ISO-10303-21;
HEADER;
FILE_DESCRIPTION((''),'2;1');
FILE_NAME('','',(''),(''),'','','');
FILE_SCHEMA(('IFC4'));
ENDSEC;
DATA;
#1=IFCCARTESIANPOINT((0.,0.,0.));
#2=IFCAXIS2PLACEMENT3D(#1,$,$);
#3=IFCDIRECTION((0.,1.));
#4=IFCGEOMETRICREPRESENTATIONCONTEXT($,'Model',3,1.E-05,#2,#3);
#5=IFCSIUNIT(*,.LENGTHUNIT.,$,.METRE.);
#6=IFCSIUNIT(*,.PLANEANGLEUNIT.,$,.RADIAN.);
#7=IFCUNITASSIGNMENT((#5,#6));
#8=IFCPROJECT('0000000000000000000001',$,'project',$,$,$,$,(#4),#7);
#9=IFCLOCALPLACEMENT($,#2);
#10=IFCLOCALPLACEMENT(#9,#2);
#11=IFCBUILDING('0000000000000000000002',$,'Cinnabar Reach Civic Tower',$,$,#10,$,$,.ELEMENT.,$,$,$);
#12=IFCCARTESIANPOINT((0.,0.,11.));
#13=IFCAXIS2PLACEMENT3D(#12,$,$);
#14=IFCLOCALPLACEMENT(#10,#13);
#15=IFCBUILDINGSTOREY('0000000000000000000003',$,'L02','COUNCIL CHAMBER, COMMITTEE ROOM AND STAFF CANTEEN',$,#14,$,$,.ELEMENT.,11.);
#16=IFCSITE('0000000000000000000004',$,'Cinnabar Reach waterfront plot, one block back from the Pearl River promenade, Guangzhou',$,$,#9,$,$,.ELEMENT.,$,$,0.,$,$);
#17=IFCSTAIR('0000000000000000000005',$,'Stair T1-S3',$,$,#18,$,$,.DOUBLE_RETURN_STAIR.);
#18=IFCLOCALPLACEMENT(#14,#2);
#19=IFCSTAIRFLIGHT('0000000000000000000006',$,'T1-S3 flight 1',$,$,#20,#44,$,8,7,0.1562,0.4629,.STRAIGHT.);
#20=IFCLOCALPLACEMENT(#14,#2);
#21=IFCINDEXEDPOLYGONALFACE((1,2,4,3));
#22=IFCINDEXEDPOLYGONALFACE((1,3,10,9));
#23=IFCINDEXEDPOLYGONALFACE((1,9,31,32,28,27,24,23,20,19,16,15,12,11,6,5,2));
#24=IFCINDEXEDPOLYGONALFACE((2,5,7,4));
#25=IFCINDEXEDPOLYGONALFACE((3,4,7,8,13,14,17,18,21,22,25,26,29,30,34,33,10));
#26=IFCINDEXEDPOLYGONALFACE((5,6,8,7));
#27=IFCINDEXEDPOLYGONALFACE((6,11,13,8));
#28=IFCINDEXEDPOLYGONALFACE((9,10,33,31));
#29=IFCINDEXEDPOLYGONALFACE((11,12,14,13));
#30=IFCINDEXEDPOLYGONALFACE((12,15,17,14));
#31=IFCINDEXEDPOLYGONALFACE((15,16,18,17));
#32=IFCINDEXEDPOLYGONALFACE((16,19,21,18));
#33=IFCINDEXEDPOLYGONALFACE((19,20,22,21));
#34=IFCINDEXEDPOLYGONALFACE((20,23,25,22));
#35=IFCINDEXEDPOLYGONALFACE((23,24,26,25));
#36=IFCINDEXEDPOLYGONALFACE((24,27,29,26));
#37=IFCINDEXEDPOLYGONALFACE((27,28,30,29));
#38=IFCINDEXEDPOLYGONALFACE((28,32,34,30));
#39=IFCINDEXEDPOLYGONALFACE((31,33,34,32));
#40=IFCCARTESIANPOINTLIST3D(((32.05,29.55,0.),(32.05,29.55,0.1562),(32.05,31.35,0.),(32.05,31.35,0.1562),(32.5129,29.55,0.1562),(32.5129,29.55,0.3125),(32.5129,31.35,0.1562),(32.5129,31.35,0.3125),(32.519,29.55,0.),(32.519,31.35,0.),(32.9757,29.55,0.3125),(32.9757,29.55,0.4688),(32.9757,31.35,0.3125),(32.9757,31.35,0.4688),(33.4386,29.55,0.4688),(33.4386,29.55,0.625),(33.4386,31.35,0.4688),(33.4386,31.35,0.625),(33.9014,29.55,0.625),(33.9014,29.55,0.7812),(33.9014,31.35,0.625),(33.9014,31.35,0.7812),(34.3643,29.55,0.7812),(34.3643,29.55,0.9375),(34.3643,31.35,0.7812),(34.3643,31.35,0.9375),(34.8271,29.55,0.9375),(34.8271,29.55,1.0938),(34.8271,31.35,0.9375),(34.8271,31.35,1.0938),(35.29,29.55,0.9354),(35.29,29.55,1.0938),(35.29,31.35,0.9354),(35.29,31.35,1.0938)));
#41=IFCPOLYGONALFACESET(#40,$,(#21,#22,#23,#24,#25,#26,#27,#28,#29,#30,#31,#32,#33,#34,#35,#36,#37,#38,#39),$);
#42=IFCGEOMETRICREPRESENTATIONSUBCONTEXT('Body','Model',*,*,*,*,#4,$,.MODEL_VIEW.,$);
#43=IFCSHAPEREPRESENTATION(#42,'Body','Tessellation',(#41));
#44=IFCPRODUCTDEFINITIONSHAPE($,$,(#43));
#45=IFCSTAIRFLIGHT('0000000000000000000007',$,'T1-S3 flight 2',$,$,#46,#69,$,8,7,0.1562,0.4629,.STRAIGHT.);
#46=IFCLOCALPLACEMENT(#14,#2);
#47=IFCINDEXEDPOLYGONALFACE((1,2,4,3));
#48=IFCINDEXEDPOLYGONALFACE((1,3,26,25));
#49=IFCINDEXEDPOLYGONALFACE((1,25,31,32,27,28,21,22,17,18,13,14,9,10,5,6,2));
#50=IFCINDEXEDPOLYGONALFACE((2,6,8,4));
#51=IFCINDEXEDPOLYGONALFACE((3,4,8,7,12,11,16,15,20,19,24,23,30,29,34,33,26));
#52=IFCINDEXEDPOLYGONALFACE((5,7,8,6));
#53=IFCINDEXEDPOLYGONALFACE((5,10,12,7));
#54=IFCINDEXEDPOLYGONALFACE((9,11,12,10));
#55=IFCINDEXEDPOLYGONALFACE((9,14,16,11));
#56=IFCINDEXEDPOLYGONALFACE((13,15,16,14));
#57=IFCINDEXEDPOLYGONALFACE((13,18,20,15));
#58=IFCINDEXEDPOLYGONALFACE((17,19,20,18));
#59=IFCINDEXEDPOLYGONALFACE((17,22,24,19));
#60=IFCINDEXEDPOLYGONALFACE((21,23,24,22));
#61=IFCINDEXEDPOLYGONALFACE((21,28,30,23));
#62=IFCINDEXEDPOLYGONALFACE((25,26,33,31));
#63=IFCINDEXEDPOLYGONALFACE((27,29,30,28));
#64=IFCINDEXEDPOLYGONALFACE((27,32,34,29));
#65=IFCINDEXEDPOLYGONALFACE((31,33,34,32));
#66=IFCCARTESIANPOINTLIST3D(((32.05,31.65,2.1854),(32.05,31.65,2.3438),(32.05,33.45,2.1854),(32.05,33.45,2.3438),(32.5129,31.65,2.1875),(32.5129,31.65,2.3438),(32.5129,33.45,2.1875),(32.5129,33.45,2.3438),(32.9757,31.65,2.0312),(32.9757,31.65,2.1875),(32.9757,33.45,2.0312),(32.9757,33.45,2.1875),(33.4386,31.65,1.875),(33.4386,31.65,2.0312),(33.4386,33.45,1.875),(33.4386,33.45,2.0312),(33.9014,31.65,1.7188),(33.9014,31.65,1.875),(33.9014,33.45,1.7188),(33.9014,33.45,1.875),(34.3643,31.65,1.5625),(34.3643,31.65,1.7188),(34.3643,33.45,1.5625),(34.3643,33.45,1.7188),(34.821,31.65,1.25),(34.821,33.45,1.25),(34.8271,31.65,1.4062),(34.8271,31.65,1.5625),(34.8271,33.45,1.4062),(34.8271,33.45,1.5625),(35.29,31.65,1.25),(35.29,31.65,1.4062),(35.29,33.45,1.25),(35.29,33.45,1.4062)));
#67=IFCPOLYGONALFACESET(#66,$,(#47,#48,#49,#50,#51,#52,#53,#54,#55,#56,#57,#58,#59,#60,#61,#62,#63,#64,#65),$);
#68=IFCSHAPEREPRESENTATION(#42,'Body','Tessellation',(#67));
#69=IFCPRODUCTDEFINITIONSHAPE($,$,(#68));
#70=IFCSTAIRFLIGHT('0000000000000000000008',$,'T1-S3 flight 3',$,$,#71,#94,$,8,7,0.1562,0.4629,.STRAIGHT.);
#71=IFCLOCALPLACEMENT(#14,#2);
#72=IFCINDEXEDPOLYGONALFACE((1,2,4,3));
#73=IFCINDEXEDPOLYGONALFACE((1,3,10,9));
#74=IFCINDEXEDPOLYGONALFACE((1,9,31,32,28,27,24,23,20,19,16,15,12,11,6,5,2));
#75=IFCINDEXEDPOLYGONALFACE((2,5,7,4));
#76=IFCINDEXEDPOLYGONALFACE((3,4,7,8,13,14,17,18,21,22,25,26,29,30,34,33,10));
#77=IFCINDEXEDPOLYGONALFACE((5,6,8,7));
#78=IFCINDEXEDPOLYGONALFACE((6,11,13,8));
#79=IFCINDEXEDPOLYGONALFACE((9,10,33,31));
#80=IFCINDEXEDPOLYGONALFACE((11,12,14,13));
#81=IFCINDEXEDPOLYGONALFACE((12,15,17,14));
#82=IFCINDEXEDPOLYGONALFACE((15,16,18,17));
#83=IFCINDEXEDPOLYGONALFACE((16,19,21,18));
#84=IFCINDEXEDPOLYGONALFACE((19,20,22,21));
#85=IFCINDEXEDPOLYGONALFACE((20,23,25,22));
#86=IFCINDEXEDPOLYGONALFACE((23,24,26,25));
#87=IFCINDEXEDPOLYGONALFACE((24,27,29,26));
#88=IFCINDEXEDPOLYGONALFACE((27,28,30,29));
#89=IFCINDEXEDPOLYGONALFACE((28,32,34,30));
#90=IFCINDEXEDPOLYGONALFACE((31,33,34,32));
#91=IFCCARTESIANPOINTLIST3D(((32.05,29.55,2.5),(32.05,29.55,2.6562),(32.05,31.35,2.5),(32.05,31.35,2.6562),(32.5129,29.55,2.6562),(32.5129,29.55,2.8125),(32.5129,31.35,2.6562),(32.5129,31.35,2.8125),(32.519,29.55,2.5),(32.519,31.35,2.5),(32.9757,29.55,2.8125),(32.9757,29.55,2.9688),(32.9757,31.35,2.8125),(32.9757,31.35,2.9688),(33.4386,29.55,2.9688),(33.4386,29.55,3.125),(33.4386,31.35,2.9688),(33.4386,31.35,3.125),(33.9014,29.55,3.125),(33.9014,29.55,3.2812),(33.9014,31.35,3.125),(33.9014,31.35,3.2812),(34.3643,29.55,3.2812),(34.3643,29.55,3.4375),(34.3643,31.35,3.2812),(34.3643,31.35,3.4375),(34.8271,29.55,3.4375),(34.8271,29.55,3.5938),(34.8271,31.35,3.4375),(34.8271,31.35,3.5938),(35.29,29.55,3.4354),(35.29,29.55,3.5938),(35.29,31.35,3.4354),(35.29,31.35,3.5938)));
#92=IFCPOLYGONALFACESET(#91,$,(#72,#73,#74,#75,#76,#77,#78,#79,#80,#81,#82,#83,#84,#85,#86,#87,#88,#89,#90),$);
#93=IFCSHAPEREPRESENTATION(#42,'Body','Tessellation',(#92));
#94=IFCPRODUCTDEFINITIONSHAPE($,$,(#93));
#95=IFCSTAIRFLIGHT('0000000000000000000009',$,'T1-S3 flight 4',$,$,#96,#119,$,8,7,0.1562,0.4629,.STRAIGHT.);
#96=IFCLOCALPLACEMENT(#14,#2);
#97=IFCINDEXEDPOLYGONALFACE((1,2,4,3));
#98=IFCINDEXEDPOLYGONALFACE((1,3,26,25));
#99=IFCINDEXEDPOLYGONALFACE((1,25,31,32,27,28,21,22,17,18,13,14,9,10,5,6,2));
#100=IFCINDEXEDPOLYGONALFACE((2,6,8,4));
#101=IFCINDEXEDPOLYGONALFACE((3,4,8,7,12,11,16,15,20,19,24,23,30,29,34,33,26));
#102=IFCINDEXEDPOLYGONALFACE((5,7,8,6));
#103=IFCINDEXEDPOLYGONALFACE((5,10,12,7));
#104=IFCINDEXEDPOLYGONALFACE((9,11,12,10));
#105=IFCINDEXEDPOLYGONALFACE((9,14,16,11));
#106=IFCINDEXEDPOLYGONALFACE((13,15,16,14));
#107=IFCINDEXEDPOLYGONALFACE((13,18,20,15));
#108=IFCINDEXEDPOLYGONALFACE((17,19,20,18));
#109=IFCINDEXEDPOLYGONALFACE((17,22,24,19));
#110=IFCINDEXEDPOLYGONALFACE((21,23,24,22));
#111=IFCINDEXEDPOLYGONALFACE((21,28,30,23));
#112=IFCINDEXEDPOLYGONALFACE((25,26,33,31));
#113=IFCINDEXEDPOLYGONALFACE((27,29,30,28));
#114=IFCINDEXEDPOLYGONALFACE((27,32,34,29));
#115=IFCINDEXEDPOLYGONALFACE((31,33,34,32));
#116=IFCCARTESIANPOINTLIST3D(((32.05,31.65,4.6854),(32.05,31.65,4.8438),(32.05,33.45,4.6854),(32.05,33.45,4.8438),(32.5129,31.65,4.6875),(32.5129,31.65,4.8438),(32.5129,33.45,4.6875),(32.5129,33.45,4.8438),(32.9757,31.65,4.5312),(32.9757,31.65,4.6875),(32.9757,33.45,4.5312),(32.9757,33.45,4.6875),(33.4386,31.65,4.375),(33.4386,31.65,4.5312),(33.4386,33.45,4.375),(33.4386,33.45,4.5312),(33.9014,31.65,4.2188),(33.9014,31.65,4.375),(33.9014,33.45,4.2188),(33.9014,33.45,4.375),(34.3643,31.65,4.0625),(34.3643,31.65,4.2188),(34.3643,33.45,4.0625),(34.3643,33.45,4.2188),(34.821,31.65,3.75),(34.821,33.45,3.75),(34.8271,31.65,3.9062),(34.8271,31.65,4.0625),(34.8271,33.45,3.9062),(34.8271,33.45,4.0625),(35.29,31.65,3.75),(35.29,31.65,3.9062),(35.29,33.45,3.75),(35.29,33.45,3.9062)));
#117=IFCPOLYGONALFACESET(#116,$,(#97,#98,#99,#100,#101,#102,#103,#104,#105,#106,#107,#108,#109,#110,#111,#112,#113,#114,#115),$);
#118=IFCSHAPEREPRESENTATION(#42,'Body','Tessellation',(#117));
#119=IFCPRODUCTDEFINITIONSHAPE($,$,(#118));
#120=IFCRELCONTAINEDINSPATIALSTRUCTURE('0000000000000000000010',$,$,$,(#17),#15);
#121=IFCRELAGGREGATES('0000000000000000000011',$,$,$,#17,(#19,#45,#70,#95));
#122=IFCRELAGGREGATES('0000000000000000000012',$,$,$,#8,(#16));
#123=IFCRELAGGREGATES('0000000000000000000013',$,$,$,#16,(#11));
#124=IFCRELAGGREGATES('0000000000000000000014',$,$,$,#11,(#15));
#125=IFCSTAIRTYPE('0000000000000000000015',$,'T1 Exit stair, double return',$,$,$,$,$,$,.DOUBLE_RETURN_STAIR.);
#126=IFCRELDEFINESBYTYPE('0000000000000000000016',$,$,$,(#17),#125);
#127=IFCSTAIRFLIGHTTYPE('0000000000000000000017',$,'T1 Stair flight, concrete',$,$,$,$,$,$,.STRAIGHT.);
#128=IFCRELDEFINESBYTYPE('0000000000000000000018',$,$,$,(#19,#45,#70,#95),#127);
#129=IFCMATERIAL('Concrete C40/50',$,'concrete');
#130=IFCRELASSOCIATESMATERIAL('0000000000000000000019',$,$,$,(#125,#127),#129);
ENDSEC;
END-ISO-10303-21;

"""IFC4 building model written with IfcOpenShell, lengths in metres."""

from ifc_helpers import new_model, si_unit, direction, frame, origin, place, context, subcontext, project, spatial, polyline, outline, extrude, material, type_object, element, aggregate, save


model = new_model("IFC4")

# Units and contexts
model_context = context("Model", 3, precision=1e-05, world=origin(), true_north=direction((0.0, 1.0)))
body_context = subcontext(model_context, "Body", "Model", "MODEL_VIEW")
ifc_project = project(units=[si_unit("LENGTHUNIT", "METRE"), si_unit("PLANEANGLEUNIT", "RADIAN")], contexts=[model_context])

# Site, building, storey
site_placement = place(None, origin())
site = spatial("IfcSite", under=ifc_project, at=site_placement, Name="Cinnabar Reach waterfront plot, one block back from the Pearl River promenade, Guangzhou", CompositionType="ELEMENT", RefElevation=0.0)
building_placement = place(site_placement, origin())
building = spatial("IfcBuilding", under=site, at=building_placement, Name="Cinnabar Reach Civic Tower", CompositionType="ELEMENT")
storey_placement = place(building_placement, frame((0.0, 0.0, 11.0)))
storey = spatial("IfcBuildingStorey", under=building, at=storey_placement, Name="L02", Description="COUNCIL CHAMBER, COMMITTEE ROOM AND STAFF CANTEEN", CompositionType="ELEMENT", Elevation=11.0)

# Stair, stair flights
ifc_material_1 = material(Name="Concrete C40/50", Category="concrete")
stair_type = type_object("IfcStairType", Name="T1 Exit stair, double return", PredefinedType="DOUBLE_RETURN_STAIR", material=ifc_material_1)
stair_placement = place(storey_placement, origin())
stair = element("IfcStair", 1, at=stair_placement, inside=storey, type_object=stair_type, Name="Stair T1-S3", PredefinedType="DOUBLE_RETURN_STAIR")
stair_flight_type = type_object("IfcStairFlightType", Name="T1 Stair flight, concrete", PredefinedType="STRAIGHT", material=ifc_material_1)
stair_flight_1_placement = place(storey_placement, frame((32.05, 30.45, 0.0), z_axis=(0.0, 0.0, 1.0), x_axis=(1.0, 0.0, 0.0)))
stair_flight_1 = element("IfcStairFlight", 2, at=stair_flight_1_placement, type_object=stair_flight_type, Name="T1-S3 flight 1", NumberOfRisers=8, NumberOfTreads=7, PredefinedType="STRAIGHT", RiserHeight=0.1562, TreadLength=0.4629, context=body_context, shape_type="SweptSolid", body=[
    extrude(outline(polyline([(0.0, 0.0), (0.0, 0.1562), (0.4629, 0.1562), (0.4629, 0.3125), (0.9257, 0.3125), (0.9257, 0.4688), (1.3886, 0.4688), (1.3886, 0.625), (1.8514, 0.625), (1.8514, 0.7812), (2.3143, 0.7812), (2.3143, 0.9375), (2.7771, 0.9375), (2.7771, 1.0938), (3.24, 1.0938), (3.24, 1.25), (3.24, 0.9354), (0.469, 0.0), (0.0, 0.0)])), frame((0.0, 0.9, 0.0), z_axis=(0.0, -1.0, 0.0), x_axis=(1.0, 0.0, 0.0)), (0.0, 0.0, 1.0), 1.8),
])
stair_flight_2_placement = place(storey_placement, frame((35.29, 32.55, 1.25), z_axis=(0.0, 0.0, 1.0), x_axis=(-1.0, 0.0, 0.0)))
stair_flight_2 = element("IfcStairFlight", 3, at=stair_flight_2_placement, type_object=stair_flight_type, Name="T1-S3 flight 2", NumberOfRisers=8, NumberOfTreads=7, PredefinedType="STRAIGHT", RiserHeight=0.1562, TreadLength=0.4629, context=body_context, shape_type="SweptSolid", body=[
    extrude(outline(polyline([(0.0, 0.0), (0.0, 0.1562), (0.4629, 0.1562), (0.4629, 0.3125), (0.9257, 0.3125), (0.9257, 0.4688), (1.3886, 0.4688), (1.3886, 0.625), (1.8514, 0.625), (1.8514, 0.7812), (2.3143, 0.7812), (2.3143, 0.9375), (2.7771, 0.9375), (2.7771, 1.0938), (3.24, 1.0938), (3.24, 1.25), (3.24, 0.9354), (0.469, 0.0), (0.0, 0.0)])), frame((0.0, 0.9, 0.0), z_axis=(0.0, -1.0, 0.0), x_axis=(1.0, 0.0, 0.0)), (0.0, 0.0, 1.0), 1.8),
])
stair_flight_3_placement = place(storey_placement, frame((32.05, 30.45, 2.5), z_axis=(0.0, 0.0, 1.0), x_axis=(1.0, 0.0, 0.0)))
stair_flight_3 = element("IfcStairFlight", 4, at=stair_flight_3_placement, type_object=stair_flight_type, Name="T1-S3 flight 3", NumberOfRisers=8, NumberOfTreads=7, PredefinedType="STRAIGHT", RiserHeight=0.1562, TreadLength=0.4629, context=body_context, shape_type="SweptSolid", body=[
    extrude(outline(polyline([(0.0, 0.0), (0.0, 0.1562), (0.4629, 0.1562), (0.4629, 0.3125), (0.9257, 0.3125), (0.9257, 0.4688), (1.3886, 0.4688), (1.3886, 0.625), (1.8514, 0.625), (1.8514, 0.7812), (2.3143, 0.7812), (2.3143, 0.9375), (2.7771, 0.9375), (2.7771, 1.0938), (3.24, 1.0938), (3.24, 1.25), (3.24, 0.9354), (0.469, 0.0), (0.0, 0.0)])), frame((0.0, 0.9, 0.0), z_axis=(0.0, -1.0, 0.0), x_axis=(1.0, 0.0, 0.0)), (0.0, 0.0, 1.0), 1.8),
])
stair_flight_4_placement = place(storey_placement, frame((35.29, 32.55, 3.75), z_axis=(0.0, 0.0, 1.0), x_axis=(-1.0, 0.0, 0.0)))
stair_flight_4 = element("IfcStairFlight", 5, at=stair_flight_4_placement, type_object=stair_flight_type, Name="T1-S3 flight 4", NumberOfRisers=8, NumberOfTreads=7, PredefinedType="STRAIGHT", RiserHeight=0.1562, TreadLength=0.4629, context=body_context, shape_type="SweptSolid", body=[
    extrude(outline(polyline([(0.0, 0.0), (0.0, 0.1562), (0.4629, 0.1562), (0.4629, 0.3125), (0.9257, 0.3125), (0.9257, 0.4688), (1.3886, 0.4688), (1.3886, 0.625), (1.8514, 0.625), (1.8514, 0.7812), (2.3143, 0.7812), (2.3143, 0.9375), (2.7771, 0.9375), (2.7771, 1.0938), (3.24, 1.0938), (3.24, 1.25), (3.24, 0.9354), (0.469, 0.0), (0.0, 0.0)])), frame((0.0, 0.9, 0.0), z_axis=(0.0, -1.0, 0.0), x_axis=(1.0, 0.0, 0.0)), (0.0, 0.0, 1.0), 1.8),
])
aggregate(stair, [stair_flight_1, stair_flight_2, stair_flight_3, stair_flight_4])

save(model, "model.ifc")
